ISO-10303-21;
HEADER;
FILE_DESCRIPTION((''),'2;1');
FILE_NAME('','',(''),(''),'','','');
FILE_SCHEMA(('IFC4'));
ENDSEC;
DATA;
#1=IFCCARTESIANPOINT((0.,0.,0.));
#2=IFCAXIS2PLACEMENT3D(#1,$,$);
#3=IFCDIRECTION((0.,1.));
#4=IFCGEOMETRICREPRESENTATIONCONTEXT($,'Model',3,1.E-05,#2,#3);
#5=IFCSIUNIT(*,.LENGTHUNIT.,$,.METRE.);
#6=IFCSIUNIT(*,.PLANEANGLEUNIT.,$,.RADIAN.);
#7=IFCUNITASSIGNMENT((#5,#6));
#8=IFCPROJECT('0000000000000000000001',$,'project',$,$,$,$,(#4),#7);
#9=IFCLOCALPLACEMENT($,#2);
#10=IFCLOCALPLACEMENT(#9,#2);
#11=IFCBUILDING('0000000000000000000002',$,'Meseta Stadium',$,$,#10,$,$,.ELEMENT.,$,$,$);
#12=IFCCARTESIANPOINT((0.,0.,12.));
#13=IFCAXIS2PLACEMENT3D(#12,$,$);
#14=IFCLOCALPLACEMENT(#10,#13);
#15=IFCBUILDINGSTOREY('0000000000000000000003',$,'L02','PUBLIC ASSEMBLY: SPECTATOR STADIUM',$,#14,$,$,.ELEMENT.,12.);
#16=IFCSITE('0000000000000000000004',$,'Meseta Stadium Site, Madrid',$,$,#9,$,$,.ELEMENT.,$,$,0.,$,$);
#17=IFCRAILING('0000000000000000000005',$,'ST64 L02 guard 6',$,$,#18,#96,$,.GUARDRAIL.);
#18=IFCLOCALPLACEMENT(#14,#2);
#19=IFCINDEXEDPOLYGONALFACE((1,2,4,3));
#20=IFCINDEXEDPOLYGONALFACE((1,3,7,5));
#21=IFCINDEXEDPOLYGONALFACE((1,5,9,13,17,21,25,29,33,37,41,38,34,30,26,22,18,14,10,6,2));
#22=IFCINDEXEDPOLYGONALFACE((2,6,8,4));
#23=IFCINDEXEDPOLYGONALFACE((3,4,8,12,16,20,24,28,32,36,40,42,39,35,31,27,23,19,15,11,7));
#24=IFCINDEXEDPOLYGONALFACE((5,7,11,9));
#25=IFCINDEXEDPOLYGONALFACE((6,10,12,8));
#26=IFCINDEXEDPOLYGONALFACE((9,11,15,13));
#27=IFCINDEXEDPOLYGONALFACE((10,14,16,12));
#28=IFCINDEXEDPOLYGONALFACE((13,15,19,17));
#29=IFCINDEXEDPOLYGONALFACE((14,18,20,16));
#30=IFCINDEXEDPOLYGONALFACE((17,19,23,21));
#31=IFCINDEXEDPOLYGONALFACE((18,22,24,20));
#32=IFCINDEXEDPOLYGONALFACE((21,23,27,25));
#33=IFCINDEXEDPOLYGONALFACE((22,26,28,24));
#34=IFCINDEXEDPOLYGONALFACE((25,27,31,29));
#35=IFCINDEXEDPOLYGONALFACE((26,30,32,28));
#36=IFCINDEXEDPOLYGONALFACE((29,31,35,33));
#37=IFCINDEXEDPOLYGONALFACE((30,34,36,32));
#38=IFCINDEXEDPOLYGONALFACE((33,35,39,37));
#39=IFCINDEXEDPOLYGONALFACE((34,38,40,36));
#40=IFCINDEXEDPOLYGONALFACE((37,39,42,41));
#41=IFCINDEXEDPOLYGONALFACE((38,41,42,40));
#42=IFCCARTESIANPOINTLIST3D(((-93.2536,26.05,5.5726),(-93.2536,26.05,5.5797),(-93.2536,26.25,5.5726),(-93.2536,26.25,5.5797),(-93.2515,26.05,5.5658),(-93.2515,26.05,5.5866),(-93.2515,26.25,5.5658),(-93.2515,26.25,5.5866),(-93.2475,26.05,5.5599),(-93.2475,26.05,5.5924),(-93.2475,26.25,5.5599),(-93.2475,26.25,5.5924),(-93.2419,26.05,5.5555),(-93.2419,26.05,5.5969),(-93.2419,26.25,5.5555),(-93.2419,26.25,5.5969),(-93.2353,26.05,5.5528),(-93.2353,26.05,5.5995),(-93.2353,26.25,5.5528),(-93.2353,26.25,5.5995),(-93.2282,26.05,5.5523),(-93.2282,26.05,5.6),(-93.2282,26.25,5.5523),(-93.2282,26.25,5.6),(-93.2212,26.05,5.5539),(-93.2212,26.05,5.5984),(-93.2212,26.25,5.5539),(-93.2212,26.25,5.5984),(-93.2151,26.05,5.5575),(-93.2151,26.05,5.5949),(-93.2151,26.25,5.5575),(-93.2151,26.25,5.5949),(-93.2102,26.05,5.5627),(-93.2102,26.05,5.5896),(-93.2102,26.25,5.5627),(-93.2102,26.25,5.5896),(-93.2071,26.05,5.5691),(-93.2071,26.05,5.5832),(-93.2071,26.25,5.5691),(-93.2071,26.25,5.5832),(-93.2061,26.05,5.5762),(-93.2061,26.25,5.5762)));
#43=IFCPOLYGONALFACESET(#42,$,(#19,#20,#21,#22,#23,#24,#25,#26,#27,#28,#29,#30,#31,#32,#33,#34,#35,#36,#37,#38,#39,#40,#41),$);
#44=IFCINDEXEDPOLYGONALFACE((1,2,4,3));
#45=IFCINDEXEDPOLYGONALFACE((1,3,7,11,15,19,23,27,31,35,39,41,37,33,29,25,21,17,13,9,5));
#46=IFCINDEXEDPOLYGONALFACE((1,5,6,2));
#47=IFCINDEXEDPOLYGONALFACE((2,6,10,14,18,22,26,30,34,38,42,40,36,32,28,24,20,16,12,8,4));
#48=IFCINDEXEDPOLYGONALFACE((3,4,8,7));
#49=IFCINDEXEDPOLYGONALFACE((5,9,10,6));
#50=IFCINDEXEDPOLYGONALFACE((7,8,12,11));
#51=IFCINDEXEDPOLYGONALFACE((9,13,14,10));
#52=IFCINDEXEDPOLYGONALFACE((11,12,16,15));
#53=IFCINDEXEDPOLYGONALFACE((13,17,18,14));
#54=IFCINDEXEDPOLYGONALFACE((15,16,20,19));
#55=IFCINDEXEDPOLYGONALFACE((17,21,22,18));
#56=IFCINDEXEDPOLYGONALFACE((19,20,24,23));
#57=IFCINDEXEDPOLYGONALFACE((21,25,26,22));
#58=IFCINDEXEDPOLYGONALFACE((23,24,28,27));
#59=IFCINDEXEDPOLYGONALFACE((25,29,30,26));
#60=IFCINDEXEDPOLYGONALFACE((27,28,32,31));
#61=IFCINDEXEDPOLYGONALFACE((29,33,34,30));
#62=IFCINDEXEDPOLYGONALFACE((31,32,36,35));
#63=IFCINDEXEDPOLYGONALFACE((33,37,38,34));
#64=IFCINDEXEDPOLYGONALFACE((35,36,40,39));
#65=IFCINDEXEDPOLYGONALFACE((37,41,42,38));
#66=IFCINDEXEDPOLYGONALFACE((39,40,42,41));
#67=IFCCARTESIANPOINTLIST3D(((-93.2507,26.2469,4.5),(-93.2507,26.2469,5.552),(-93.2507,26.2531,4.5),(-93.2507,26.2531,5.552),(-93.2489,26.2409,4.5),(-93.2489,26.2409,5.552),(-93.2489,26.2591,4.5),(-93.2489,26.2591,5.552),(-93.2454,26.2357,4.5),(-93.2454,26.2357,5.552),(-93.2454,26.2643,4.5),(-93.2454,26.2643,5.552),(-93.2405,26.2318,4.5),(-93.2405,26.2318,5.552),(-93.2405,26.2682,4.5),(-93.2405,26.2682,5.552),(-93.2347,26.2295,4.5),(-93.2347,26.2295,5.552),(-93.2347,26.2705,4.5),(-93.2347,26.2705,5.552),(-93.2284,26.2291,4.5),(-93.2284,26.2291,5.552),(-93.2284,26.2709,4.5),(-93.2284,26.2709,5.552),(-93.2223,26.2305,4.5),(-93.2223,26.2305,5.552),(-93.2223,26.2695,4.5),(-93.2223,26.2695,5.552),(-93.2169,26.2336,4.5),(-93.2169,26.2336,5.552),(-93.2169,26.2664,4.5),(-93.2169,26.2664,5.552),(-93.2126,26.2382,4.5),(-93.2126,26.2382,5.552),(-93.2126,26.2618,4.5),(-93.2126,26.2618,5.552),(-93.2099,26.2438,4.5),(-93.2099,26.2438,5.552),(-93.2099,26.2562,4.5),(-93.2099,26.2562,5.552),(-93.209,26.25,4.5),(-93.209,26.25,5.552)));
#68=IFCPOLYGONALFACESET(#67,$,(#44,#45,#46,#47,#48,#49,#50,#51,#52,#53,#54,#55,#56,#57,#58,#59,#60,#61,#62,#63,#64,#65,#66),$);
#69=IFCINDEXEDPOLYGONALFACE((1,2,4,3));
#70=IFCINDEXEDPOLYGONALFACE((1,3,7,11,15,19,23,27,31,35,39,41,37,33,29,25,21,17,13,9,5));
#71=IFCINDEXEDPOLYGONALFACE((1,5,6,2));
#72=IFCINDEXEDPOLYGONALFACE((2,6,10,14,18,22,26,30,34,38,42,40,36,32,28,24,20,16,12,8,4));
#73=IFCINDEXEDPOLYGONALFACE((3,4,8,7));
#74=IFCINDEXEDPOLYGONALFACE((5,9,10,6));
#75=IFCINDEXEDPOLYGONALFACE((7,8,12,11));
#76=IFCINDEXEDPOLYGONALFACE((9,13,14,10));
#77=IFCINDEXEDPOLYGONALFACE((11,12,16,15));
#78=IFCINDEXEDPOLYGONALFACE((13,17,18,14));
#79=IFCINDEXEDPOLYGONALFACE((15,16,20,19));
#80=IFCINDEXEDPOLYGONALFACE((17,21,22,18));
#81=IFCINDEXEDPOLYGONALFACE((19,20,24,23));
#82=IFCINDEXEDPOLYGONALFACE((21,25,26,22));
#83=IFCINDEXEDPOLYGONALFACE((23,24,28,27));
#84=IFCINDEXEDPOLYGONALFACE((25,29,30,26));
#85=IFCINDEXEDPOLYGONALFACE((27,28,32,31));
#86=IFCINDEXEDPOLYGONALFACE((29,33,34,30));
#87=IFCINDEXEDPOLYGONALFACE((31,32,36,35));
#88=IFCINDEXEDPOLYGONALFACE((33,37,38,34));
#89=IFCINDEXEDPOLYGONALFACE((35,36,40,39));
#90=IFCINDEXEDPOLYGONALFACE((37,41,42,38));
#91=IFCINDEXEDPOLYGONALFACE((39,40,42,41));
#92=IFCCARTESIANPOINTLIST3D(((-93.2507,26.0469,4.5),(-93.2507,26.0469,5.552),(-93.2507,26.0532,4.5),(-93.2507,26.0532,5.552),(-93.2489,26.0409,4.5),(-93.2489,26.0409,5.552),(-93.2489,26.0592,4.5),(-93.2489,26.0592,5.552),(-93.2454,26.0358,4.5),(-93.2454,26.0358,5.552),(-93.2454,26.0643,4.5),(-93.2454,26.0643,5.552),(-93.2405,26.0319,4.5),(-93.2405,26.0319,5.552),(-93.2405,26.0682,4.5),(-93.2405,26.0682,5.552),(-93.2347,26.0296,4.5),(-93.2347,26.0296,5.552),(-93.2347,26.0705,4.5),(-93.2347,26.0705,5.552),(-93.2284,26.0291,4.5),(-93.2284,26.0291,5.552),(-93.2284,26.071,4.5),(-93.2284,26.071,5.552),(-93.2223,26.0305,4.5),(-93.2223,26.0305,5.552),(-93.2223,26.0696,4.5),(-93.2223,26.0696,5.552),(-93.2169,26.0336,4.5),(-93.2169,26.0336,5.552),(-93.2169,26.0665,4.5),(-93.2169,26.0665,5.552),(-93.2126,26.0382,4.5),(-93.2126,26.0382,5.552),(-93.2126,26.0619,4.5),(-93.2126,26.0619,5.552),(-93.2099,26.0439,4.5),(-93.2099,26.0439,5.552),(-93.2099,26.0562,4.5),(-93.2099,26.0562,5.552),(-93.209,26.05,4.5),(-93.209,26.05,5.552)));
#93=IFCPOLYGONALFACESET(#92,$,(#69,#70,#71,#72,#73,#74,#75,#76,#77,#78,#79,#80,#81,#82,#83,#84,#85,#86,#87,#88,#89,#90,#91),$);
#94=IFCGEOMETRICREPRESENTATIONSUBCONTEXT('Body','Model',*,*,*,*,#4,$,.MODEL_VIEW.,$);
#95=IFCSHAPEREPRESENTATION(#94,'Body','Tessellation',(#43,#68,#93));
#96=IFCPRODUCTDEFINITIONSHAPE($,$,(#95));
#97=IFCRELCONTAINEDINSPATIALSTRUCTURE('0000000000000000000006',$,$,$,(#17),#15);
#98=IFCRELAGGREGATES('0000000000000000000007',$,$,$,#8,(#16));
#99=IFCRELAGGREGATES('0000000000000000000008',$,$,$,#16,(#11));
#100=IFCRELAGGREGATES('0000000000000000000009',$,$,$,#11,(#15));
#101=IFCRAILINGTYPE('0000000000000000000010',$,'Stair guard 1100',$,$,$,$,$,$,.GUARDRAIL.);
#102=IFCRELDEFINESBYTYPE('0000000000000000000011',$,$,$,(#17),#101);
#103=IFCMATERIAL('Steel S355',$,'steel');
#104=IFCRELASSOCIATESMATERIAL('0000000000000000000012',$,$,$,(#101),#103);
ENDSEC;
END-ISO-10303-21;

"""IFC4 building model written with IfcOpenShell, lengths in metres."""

from ifc_helpers import new_model, si_unit, direction, frame, origin, origin_2d, place, context, subcontext, project, spatial, circle, extrude, material, type_object, element, save


model = new_model("IFC4")

# Units and contexts
model_context = context("Model", 3, precision=1e-05, world=origin(), true_north=direction((0.0, 1.0)))
body_context = subcontext(model_context, "Body", "Model", "MODEL_VIEW")
ifc_project = project(units=[si_unit("LENGTHUNIT", "METRE"), si_unit("PLANEANGLEUNIT", "RADIAN")], contexts=[model_context])

# Site, building, storey
site_placement = place(None, origin())
site = spatial("IfcSite", under=ifc_project, at=site_placement, Name="Meseta Stadium Site, Madrid", CompositionType="ELEMENT", RefElevation=0.0)
building_placement = place(site_placement, origin())
building = spatial("IfcBuilding", under=site, at=building_placement, Name="Meseta Stadium", CompositionType="ELEMENT")
storey_placement = place(building_placement, frame((0.0, 0.0, 12.0)))
storey = spatial("IfcBuildingStorey", under=building, at=storey_placement, Name="L02", Description="PUBLIC ASSEMBLY: SPECTATOR STADIUM", CompositionType="ELEMENT", Elevation=12.0)

# Railing
ifc_material_1 = material(Name="Steel S355", Category="steel")
railing_type_1 = type_object("IfcRailingType", Name="Stair guard 1100", PredefinedType="GUARDRAIL", material=ifc_material_1)
railing_1_placement = place(storey_placement, frame((-93.23, 26.25, 4.5)))
element("IfcRailing", 1, at=railing_1_placement, inside=storey, type_object=railing_type_1, Name="ST64 L02 guard 6", PredefinedType="GUARDRAIL", context=body_context, shape_type="SweptSolid", body=[
    extrude(circle(Radius=0.0239, at=origin_2d()), frame((0.0, 0.0, 1.0762), z_axis=(0.0, -1.0, 0.0), x_axis=(1.0, 0.0, 0.0)), (0.0, 0.0, 1.0), 0.2),
    extrude(circle(Radius=0.021, at=origin_2d()), origin(), (0.0, 0.0, 1.0), 1.052),
    extrude(circle(Radius=0.021, at=origin_2d()), frame((0.0, -0.2, 0.0)), (0.0, 0.0, 1.0), 1.052),
])

save(model, "model.ifc")
